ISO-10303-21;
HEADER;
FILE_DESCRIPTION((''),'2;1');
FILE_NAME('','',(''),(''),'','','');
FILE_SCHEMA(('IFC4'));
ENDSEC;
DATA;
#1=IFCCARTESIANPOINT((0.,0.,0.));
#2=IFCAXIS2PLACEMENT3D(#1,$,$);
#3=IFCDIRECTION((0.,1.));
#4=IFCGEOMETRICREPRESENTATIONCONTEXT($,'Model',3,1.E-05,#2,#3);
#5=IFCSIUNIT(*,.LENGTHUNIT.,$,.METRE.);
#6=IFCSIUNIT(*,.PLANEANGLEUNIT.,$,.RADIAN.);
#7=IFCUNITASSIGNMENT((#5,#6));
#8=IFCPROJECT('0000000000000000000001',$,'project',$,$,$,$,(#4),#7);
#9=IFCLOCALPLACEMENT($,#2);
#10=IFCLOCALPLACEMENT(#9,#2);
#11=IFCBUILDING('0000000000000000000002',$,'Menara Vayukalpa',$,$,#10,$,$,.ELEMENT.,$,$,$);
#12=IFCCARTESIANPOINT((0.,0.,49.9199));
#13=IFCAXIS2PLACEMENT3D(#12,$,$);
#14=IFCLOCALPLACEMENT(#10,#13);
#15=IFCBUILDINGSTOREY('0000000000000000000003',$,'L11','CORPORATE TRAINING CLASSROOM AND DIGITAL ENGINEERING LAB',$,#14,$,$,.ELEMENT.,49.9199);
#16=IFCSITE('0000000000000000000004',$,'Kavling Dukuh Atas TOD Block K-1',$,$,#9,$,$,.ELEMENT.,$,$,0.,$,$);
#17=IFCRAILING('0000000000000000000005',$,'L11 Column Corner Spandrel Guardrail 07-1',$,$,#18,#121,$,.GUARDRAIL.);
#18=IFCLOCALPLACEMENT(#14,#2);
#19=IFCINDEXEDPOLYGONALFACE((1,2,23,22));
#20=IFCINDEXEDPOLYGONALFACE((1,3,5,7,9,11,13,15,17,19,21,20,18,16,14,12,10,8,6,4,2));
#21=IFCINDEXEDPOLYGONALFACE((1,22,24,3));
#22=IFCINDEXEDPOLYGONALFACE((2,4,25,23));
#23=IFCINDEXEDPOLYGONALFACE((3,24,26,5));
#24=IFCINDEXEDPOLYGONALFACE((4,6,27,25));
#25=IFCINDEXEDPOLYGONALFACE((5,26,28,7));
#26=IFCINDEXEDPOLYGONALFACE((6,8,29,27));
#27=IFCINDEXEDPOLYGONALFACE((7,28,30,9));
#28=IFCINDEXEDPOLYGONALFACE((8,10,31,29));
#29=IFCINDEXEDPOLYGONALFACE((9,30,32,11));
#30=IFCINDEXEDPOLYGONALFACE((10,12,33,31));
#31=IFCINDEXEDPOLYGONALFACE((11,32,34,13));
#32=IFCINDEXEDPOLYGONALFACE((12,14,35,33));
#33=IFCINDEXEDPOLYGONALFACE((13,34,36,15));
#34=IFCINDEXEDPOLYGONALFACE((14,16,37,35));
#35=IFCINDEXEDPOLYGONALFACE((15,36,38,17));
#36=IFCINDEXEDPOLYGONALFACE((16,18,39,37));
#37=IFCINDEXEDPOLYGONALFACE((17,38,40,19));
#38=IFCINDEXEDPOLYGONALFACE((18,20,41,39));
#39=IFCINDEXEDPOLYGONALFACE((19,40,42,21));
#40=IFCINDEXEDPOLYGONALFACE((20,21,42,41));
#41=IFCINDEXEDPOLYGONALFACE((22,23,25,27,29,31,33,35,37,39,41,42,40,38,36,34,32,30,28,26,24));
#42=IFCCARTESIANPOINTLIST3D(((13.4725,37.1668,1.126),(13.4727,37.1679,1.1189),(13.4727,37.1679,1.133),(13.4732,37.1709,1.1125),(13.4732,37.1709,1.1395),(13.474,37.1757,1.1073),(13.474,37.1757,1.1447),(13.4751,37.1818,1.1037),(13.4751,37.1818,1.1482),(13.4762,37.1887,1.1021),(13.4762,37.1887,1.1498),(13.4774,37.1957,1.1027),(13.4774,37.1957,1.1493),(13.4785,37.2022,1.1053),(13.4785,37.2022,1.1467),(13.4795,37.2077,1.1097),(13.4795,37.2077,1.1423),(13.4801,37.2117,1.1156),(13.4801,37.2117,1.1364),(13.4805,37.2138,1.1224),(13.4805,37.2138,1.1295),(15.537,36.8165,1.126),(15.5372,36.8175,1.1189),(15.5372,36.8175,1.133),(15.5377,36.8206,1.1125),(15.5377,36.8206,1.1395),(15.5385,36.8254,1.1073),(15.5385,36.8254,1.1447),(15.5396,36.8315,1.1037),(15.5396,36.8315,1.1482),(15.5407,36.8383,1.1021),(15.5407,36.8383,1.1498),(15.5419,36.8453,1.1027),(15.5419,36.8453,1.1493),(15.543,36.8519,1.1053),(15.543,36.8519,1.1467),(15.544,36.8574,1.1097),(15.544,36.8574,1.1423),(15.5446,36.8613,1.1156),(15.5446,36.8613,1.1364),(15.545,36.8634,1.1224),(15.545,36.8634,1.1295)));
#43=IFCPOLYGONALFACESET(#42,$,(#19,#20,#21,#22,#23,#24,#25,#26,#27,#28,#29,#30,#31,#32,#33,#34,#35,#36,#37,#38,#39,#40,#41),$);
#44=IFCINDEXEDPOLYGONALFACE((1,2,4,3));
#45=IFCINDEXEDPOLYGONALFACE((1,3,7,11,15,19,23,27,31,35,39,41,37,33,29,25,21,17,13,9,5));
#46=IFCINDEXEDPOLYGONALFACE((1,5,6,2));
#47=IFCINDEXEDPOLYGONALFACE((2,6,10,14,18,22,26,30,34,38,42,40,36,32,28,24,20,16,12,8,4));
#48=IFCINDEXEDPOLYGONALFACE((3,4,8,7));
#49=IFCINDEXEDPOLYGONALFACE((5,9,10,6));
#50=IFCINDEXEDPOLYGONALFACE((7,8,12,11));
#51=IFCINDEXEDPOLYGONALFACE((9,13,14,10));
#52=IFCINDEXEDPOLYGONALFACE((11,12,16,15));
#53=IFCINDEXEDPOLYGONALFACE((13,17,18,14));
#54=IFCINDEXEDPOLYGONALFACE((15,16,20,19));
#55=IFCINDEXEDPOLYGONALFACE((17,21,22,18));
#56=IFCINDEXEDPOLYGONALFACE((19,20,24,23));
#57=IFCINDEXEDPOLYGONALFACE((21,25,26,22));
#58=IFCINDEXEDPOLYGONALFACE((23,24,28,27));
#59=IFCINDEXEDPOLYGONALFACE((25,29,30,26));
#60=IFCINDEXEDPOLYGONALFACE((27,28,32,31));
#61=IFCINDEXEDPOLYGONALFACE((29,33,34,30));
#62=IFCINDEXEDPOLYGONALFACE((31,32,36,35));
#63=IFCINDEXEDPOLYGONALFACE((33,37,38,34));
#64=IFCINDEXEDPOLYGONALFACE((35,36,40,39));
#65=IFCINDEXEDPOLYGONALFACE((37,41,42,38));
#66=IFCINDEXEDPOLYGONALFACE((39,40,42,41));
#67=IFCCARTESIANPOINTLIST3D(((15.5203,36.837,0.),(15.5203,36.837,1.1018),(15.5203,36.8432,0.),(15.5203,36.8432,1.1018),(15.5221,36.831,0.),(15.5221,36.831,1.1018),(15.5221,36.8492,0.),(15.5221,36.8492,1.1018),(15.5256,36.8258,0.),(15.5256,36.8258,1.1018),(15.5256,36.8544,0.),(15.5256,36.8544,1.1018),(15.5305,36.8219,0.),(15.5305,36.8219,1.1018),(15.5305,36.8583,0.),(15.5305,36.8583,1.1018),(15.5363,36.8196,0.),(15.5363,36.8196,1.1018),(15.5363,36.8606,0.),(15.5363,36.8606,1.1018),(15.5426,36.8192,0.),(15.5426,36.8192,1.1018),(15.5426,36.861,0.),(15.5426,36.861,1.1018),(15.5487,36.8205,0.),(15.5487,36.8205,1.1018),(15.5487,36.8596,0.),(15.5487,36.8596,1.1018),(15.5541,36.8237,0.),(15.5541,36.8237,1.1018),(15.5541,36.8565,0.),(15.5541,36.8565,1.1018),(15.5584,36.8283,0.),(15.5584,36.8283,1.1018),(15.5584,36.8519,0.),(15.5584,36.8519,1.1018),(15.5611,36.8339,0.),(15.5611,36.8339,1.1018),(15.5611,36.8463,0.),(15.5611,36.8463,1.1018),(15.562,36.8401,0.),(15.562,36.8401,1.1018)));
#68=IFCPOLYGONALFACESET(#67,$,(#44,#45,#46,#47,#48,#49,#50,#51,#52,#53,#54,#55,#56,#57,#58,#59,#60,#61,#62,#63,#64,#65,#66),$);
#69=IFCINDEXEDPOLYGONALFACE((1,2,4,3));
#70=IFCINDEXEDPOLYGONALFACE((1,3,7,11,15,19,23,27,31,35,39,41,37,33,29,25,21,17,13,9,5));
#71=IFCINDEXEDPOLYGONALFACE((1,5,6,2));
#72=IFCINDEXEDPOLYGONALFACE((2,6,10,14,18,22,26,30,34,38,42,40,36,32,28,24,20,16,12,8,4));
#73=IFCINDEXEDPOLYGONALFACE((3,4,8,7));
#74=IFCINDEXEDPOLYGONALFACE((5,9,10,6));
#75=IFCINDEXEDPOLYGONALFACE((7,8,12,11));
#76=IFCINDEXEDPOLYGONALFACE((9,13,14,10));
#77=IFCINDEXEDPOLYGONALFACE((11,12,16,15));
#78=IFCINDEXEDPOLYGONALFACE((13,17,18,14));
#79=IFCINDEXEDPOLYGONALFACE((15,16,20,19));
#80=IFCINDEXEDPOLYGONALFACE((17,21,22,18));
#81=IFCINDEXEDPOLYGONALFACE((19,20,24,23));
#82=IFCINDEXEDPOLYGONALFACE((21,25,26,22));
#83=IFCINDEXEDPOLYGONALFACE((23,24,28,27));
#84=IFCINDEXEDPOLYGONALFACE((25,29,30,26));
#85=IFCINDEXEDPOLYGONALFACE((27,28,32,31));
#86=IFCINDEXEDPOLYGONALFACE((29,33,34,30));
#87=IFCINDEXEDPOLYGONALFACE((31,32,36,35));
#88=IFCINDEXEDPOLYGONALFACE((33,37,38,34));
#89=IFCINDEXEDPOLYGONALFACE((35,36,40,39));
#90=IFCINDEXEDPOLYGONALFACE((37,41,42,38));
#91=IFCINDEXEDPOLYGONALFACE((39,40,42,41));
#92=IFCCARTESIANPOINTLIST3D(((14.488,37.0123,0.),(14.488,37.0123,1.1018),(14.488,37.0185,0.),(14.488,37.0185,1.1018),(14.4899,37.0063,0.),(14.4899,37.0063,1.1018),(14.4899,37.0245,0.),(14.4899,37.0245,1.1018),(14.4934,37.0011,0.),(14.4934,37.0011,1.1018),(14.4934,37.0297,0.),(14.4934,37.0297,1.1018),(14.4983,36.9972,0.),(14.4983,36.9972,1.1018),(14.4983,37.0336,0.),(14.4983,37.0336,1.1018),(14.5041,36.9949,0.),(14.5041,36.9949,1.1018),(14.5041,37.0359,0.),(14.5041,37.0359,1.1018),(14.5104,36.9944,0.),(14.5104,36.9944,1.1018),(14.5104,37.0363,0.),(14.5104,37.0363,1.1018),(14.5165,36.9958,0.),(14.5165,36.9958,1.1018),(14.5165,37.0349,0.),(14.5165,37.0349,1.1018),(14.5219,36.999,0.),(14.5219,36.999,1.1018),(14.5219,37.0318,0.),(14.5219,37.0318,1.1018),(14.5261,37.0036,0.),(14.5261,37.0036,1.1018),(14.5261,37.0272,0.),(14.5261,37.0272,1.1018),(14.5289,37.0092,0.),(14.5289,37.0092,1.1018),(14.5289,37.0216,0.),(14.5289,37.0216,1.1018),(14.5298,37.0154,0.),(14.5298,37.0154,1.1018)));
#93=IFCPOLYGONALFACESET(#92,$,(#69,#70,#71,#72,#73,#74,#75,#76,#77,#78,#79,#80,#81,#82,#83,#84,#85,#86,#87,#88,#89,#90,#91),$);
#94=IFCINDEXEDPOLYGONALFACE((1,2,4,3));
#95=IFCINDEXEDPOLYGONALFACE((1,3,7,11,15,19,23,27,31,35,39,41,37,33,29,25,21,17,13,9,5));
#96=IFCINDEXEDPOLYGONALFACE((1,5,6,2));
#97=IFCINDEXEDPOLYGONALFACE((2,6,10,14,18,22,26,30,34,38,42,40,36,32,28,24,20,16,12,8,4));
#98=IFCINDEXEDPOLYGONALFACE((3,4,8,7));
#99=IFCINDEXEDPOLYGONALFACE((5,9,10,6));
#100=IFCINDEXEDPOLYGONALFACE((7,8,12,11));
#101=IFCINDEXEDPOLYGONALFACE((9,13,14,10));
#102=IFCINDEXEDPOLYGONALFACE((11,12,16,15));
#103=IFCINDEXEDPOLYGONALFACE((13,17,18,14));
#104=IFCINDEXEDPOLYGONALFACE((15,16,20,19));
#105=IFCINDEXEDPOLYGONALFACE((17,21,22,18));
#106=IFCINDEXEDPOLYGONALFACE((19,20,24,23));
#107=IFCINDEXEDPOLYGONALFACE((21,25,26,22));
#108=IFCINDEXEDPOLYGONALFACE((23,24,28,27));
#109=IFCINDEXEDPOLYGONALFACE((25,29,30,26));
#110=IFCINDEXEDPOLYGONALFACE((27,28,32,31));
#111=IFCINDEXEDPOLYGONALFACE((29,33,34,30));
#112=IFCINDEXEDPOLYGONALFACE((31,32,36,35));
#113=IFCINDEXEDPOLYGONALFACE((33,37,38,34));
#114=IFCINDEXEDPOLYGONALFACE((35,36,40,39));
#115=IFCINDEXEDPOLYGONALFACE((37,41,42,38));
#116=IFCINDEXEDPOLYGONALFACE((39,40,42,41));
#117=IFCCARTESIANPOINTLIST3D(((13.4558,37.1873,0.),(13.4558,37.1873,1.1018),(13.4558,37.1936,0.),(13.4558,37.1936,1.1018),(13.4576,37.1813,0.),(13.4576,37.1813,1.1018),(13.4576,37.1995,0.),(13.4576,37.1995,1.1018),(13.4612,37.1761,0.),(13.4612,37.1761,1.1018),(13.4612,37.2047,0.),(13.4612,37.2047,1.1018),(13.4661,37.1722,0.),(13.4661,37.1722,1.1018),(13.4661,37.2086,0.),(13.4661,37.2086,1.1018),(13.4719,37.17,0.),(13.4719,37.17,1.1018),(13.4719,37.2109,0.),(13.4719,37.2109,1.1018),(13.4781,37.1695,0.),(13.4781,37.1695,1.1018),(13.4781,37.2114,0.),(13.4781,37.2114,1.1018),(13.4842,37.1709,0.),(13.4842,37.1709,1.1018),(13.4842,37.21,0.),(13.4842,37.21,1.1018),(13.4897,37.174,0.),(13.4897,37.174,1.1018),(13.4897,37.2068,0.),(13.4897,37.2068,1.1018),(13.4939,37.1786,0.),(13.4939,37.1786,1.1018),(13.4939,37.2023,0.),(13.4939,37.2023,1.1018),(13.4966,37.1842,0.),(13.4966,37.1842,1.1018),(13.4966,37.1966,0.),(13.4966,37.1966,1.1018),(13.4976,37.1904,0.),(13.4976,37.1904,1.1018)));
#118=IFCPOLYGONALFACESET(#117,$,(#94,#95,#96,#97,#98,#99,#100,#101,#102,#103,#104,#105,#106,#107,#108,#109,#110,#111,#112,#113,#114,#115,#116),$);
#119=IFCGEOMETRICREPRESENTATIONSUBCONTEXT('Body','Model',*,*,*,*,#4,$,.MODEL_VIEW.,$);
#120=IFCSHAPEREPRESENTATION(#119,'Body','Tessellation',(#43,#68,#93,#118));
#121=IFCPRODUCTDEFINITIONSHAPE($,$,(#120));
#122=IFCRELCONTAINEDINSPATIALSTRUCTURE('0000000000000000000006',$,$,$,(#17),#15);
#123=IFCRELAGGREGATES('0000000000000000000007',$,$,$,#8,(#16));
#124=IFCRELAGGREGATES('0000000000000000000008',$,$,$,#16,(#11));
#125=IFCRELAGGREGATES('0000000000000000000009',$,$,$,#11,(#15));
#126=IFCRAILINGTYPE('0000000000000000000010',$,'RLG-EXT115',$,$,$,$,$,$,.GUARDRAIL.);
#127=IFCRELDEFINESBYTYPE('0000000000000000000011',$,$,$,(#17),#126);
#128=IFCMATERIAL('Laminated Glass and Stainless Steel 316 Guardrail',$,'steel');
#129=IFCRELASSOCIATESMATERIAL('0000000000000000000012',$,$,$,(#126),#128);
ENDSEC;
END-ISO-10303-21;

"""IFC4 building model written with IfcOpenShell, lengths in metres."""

from ifc_helpers import new_model, si_unit, direction, frame, origin, origin_2d, place, context, subcontext, project, spatial, circle, extrude, material, type_object, element, save


model = new_model("IFC4")

# Units and contexts
model_context = context("Model", 3, precision=1e-05, world=origin(), true_north=direction((0.0, 1.0)))
body_context = subcontext(model_context, "Body", "Model", "MODEL_VIEW")
ifc_project = project(units=[si_unit("LENGTHUNIT", "METRE"), si_unit("PLANEANGLEUNIT", "RADIAN")], contexts=[model_context])

# Site, building, storey
site_placement = place(None, origin())
site = spatial("IfcSite", under=ifc_project, at=site_placement, Name="Kavling Dukuh Atas TOD Block K-1", CompositionType="ELEMENT", RefElevation=0.0)
building_placement = place(site_placement, origin())
building = spatial("IfcBuilding", under=site, at=building_placement, Name="Menara Vayukalpa", CompositionType="ELEMENT")
storey_placement = place(building_placement, frame((0.0, 0.0, 49.9199)))
storey = spatial("IfcBuildingStorey", under=building, at=storey_placement, Name="L11", Description="CORPORATE TRAINING CLASSROOM AND DIGITAL ENGINEERING LAB", CompositionType="ELEMENT", Elevation=49.9199)

# Railing
ifc_material_1 = material(Name="Laminated Glass and Stainless Steel 316 Guardrail", Category="steel")
railing_type = type_object("IfcRailingType", Name="RLG-EXT115", PredefinedType="GUARDRAIL", material=ifc_material_1)
railing_1_placement = place(storey_placement, frame((15.541, 36.8401, 0.0)))
element("IfcRailing", 1, at=railing_1_placement, inside=storey, type_object=railing_type, Name="L11 Column Corner Spandrel Guardrail 07-1", PredefinedType="GUARDRAIL", context=body_context, shape_type="SweptSolid", body=[
    extrude(circle(Radius=0.0239, at=origin_2d()), frame((0.0, 0.0, 1.126), z_axis=(-0.985904, 0.16731, 0.0), x_axis=(-0.16731, -0.985904, 0.0)), (0.0, 0.0, 1.0), 2.094),
    extrude(circle(Radius=0.021, at=origin_2d()), origin(), (0.0, 0.0, 1.0), 1.1018),
    extrude(circle(Radius=0.021, at=origin_2d()), frame((-1.0322, 0.1753, 0.0)), (0.0, 0.0, 1.0), 1.1018),
    extrude(circle(Radius=0.021, at=origin_2d()), frame((-2.0645, 0.3503, 0.0)), (0.0, 0.0, 1.0), 1.1018),
])

save(model, "model.ifc")
